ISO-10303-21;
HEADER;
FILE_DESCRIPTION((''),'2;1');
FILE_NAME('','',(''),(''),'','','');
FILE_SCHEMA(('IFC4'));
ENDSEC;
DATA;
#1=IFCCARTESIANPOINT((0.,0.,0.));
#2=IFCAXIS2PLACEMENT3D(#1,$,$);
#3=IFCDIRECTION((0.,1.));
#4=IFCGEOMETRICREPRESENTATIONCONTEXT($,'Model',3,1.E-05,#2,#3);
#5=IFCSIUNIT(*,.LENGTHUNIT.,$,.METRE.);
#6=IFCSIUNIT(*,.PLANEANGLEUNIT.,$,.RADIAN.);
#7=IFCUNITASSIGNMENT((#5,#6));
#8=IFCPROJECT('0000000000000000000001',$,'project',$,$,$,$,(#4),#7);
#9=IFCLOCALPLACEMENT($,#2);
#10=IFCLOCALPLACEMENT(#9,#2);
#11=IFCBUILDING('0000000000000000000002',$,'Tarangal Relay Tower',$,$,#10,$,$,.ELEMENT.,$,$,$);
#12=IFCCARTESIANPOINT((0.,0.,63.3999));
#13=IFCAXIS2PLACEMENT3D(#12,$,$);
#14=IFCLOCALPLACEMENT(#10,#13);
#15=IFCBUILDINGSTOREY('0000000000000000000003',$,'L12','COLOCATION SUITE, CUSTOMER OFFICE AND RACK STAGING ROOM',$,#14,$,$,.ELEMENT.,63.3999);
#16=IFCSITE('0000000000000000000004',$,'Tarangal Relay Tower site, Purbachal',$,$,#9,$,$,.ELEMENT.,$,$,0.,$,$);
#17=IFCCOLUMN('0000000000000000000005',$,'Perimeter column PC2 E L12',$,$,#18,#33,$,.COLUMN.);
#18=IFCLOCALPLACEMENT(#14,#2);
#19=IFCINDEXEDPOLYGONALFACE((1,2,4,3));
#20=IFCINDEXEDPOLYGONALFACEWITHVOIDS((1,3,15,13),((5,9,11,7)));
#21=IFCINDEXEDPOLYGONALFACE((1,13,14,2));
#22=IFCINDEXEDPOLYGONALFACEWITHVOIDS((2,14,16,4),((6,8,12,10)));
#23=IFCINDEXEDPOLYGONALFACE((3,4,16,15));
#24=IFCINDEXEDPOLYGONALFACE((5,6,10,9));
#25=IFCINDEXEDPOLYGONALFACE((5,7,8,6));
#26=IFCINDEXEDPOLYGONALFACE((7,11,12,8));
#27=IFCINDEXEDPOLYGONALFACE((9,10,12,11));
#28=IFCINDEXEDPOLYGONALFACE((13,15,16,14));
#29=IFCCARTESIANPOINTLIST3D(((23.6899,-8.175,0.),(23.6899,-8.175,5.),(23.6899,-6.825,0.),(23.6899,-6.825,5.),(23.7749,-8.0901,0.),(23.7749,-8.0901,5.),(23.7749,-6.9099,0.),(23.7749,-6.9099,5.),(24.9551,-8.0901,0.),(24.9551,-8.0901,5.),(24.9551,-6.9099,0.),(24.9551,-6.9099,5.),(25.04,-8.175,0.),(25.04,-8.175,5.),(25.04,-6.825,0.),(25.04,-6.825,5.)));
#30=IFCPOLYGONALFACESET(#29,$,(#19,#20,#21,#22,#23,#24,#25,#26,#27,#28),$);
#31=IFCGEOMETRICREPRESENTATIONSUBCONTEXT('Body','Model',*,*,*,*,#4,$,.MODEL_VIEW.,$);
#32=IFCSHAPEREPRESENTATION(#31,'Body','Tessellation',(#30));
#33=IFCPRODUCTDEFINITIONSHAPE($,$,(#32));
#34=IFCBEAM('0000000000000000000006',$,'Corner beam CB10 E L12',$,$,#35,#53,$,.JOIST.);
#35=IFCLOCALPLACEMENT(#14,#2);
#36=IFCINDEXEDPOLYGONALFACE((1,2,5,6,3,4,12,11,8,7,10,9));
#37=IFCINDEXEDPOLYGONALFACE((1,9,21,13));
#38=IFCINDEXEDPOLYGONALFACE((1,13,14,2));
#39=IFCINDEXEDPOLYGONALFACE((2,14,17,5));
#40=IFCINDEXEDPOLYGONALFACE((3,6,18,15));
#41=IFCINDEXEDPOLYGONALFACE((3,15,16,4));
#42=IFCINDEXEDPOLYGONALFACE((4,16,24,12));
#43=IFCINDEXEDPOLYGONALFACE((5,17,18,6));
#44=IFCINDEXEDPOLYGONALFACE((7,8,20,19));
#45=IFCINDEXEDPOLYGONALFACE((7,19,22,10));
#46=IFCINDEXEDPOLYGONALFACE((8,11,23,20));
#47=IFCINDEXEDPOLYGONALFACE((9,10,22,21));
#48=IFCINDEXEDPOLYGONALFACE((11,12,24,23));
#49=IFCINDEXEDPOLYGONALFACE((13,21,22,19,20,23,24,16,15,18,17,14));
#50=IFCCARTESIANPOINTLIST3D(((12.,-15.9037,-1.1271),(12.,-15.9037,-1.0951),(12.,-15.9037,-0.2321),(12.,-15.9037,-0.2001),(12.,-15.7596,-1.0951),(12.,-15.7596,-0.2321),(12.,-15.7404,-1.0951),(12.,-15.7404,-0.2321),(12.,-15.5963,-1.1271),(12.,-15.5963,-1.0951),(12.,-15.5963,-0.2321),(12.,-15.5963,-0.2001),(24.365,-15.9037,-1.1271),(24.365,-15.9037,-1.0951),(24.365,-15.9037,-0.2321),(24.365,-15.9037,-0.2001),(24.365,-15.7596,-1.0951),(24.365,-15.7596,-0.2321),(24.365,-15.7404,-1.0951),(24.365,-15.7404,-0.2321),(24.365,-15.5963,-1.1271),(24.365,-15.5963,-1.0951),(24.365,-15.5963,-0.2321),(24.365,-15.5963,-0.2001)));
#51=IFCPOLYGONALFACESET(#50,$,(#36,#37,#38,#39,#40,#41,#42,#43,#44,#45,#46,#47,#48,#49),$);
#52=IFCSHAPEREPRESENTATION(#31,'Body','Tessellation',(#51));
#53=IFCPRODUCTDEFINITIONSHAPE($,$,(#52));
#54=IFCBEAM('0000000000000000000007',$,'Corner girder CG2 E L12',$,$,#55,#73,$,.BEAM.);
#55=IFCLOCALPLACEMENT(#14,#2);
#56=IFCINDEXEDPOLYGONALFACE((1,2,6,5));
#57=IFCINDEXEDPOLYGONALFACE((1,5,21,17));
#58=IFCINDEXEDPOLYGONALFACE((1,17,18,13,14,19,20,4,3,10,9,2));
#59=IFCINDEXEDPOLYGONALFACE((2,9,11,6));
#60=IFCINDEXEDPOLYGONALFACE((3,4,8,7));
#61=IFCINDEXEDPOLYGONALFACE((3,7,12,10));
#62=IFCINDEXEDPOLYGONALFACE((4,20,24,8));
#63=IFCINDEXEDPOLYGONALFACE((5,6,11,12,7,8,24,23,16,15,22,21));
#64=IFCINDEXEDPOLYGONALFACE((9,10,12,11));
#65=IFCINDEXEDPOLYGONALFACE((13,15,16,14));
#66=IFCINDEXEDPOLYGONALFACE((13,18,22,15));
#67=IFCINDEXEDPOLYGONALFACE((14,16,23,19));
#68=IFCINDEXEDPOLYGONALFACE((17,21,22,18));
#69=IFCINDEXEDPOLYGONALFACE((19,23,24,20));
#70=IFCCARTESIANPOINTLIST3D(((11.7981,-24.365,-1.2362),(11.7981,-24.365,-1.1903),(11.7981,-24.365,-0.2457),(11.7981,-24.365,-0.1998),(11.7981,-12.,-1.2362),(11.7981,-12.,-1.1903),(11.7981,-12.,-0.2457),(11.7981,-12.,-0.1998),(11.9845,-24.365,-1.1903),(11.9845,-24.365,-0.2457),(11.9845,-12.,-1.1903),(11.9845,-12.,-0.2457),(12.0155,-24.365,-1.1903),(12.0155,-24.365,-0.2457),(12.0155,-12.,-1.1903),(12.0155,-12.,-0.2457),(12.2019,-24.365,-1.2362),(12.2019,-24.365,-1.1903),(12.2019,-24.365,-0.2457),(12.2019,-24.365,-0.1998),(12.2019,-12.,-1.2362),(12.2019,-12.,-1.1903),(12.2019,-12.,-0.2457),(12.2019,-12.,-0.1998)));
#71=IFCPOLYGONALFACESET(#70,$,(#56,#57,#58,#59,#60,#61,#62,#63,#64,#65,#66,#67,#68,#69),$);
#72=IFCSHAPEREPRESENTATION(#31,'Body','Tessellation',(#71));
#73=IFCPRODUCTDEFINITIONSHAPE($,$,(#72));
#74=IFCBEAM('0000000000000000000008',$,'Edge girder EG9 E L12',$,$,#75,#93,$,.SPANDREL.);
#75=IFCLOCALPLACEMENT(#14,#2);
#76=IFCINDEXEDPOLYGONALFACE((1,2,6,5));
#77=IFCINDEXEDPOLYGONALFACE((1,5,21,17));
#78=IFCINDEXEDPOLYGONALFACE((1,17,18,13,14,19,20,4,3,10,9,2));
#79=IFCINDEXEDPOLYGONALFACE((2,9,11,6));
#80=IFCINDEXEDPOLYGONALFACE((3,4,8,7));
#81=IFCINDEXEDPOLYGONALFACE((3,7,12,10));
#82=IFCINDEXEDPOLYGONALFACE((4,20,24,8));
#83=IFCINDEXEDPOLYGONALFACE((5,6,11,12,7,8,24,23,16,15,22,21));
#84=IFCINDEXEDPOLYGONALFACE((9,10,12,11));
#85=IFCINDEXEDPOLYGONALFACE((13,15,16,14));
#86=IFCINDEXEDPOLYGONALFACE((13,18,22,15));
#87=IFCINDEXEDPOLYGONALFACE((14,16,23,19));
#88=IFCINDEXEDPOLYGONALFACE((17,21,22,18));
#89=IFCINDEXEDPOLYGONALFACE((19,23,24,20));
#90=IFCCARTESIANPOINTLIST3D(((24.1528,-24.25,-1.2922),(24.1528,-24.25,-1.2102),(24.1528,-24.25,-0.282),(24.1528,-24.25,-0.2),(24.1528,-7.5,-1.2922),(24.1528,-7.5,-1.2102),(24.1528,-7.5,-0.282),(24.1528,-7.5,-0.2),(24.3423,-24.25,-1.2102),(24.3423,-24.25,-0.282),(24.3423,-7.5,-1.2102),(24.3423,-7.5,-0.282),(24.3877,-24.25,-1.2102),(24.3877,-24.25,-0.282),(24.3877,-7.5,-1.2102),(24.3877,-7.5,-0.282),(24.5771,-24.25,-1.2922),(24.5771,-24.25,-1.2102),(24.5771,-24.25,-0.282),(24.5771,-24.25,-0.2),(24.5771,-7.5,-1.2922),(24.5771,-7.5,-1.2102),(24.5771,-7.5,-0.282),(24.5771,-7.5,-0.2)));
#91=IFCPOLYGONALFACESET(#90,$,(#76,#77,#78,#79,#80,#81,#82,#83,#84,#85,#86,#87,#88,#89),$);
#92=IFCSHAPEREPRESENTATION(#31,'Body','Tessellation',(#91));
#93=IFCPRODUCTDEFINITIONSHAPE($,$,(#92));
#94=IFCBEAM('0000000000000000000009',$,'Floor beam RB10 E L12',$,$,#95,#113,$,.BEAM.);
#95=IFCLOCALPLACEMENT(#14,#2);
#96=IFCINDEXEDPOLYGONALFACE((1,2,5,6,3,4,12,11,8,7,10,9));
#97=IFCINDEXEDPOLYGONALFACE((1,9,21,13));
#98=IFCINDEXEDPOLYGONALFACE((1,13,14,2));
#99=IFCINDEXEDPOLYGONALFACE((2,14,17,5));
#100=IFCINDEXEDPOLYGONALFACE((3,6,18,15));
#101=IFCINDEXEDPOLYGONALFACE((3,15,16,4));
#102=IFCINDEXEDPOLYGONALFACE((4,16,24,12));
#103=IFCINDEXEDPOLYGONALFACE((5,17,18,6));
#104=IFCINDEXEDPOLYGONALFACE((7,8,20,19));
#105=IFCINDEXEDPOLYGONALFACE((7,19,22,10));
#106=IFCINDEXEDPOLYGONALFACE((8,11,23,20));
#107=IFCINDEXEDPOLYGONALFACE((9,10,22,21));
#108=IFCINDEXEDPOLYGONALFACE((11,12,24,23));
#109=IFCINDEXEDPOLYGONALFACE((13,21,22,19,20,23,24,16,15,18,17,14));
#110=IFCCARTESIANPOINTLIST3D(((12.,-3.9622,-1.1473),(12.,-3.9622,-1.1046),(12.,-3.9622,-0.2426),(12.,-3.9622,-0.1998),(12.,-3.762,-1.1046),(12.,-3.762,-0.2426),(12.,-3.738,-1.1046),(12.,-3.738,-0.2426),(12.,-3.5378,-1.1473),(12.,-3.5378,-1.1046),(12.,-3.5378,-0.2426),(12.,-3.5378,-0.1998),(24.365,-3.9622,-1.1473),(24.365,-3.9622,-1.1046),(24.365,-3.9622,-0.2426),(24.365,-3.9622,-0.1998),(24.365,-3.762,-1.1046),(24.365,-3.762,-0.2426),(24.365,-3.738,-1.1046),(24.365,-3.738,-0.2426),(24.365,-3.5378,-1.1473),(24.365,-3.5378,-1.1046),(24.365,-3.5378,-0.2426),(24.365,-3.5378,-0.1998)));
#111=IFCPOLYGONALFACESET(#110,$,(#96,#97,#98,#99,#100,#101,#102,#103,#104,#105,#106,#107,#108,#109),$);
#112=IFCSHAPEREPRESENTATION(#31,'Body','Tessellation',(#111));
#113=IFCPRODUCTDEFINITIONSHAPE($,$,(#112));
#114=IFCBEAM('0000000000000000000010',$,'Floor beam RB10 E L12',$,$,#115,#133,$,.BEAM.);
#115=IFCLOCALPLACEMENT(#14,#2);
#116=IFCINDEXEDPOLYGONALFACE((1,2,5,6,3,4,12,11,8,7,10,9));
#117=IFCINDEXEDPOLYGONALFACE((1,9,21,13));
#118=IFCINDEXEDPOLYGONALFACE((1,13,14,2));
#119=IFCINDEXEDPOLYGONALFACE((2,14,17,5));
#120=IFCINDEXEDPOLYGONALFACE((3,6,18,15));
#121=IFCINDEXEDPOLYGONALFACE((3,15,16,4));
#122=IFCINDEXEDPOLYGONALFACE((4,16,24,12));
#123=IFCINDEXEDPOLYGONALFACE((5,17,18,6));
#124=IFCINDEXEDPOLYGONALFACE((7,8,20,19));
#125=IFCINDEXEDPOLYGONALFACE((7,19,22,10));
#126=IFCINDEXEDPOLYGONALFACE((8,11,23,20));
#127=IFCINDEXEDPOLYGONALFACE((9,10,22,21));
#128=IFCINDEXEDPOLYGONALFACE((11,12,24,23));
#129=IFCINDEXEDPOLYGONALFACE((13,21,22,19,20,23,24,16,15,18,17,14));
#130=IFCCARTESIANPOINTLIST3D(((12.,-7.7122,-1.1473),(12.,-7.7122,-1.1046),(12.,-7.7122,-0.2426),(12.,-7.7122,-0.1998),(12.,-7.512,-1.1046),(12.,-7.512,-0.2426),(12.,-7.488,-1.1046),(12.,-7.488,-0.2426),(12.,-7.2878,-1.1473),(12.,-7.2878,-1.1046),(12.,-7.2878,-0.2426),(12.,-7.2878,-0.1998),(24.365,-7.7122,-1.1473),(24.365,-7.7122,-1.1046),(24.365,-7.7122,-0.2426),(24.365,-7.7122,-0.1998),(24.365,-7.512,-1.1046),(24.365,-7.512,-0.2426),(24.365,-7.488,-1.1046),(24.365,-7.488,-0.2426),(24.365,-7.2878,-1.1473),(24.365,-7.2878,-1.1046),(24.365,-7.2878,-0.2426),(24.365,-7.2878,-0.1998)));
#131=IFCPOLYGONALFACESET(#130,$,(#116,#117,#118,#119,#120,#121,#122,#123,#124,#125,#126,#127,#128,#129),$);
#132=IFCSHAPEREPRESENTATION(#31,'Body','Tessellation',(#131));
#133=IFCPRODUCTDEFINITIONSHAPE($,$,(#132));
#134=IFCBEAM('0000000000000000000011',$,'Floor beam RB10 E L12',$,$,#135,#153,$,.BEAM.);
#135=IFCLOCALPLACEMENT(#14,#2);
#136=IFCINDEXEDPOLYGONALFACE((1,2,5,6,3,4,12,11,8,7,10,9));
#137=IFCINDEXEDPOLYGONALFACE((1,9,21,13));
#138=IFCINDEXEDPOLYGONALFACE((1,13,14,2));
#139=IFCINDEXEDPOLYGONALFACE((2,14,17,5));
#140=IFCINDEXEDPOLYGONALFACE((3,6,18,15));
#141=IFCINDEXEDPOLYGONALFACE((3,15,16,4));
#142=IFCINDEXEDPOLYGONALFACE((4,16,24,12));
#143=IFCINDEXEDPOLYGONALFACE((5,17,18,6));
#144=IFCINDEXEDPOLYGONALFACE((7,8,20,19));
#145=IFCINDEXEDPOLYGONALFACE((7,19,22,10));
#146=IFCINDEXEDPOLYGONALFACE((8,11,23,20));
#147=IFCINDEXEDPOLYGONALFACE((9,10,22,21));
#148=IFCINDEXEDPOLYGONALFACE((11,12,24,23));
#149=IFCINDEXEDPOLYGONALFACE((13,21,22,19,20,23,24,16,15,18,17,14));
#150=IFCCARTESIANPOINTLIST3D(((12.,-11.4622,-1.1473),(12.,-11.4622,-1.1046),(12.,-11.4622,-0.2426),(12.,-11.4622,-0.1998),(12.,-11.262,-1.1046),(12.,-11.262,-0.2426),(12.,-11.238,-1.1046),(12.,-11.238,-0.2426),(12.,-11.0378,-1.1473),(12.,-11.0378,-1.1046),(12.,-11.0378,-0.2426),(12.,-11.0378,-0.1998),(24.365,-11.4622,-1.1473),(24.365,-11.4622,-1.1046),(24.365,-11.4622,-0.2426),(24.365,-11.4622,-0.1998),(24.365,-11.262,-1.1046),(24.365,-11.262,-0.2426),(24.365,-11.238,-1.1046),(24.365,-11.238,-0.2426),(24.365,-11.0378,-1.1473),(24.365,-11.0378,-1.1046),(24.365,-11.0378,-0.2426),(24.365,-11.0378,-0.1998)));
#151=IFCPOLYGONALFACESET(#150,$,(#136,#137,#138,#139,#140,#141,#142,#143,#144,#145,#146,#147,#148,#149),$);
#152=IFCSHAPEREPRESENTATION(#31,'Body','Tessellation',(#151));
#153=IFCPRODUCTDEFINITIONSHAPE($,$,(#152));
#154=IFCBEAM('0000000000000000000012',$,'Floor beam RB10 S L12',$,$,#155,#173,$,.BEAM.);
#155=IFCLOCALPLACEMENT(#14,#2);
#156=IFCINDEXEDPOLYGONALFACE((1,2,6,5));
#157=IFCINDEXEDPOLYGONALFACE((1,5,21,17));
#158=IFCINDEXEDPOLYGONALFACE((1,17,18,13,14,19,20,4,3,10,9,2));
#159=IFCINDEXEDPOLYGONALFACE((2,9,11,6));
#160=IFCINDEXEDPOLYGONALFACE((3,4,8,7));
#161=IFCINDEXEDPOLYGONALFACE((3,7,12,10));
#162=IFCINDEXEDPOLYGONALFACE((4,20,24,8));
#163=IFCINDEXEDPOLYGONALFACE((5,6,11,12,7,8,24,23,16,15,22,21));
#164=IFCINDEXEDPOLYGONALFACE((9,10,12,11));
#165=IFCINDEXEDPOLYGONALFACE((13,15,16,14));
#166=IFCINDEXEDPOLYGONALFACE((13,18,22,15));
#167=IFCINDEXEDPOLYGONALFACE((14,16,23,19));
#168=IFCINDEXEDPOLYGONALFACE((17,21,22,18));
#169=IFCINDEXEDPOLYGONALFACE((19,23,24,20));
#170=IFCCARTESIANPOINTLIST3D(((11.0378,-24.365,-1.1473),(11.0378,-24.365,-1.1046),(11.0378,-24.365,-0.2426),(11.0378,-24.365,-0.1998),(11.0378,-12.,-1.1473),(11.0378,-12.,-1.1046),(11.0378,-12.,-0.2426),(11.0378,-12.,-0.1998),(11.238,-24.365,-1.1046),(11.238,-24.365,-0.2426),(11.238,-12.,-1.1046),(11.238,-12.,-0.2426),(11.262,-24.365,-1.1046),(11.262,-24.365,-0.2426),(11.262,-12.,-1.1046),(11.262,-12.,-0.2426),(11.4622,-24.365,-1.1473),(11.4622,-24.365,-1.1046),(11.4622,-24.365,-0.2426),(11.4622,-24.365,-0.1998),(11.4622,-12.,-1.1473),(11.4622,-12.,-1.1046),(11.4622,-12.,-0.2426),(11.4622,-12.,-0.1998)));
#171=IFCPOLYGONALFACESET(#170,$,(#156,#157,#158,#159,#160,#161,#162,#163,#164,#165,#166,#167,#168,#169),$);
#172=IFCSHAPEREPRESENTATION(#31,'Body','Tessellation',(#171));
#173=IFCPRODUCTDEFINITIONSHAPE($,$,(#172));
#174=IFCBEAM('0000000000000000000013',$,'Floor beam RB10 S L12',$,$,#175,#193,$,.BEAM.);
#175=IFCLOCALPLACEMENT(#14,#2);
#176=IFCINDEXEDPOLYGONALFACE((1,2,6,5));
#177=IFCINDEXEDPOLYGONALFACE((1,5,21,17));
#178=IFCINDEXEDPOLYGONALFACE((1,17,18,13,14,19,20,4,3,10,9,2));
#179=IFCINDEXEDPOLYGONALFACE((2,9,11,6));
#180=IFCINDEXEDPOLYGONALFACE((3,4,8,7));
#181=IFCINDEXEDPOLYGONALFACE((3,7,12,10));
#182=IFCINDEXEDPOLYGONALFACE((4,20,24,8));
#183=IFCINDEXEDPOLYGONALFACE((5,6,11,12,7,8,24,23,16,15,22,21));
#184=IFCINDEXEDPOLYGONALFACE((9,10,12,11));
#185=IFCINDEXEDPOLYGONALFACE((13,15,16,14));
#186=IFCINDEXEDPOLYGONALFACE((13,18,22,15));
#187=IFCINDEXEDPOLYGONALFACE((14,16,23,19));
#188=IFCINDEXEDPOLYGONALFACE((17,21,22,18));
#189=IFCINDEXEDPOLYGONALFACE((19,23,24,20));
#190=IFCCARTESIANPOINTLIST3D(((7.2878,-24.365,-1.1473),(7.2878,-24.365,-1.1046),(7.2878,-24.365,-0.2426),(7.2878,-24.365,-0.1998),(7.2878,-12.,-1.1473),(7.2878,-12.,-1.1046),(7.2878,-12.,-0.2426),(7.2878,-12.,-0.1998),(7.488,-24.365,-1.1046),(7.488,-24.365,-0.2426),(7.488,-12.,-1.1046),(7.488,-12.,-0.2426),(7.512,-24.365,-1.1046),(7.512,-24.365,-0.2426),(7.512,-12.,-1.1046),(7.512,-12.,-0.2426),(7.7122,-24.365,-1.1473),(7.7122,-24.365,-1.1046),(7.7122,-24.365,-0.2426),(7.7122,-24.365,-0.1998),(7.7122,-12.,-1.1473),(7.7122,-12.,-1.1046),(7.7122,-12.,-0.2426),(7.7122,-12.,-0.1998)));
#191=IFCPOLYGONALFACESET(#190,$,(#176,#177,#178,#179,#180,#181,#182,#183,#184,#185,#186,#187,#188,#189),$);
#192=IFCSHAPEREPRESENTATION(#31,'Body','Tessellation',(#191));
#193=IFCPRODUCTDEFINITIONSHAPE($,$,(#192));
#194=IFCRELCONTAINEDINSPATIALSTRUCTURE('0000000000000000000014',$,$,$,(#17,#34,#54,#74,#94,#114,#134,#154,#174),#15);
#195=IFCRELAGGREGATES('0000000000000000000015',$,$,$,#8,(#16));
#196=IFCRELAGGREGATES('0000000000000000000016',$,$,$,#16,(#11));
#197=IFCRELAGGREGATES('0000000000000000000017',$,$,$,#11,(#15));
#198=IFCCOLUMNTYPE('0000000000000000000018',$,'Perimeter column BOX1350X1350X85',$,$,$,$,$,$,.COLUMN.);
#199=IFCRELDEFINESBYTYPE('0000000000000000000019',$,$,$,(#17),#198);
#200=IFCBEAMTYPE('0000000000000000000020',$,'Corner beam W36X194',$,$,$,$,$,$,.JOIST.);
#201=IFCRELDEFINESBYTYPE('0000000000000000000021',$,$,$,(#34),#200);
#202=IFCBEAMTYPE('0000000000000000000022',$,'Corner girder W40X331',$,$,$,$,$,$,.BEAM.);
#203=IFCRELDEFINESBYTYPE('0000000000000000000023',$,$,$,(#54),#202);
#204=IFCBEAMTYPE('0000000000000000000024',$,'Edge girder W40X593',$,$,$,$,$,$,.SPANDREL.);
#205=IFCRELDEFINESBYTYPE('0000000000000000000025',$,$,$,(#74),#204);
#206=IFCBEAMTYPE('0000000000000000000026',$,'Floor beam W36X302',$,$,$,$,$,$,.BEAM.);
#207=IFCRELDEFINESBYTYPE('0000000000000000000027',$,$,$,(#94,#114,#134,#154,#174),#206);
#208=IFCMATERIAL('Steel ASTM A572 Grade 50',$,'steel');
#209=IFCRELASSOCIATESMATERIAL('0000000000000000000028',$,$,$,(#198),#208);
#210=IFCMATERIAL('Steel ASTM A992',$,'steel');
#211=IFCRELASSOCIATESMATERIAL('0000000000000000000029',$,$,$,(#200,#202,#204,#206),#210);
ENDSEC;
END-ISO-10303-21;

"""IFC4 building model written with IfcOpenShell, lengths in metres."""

from ifc_helpers import new_model, si_unit, direction, frame, origin, origin_2d, place, context, subcontext, project, spatial, hollow_rectangle, i_section, extrude, material, material_profile, profile_set, type_object, element, save


model = new_model("IFC4")

# Units and contexts
model_context = context("Model", 3, precision=1e-05, world=origin(), true_north=direction((0.0, 1.0)))
body_context = subcontext(model_context, "Body", "Model", "MODEL_VIEW")
ifc_project = project(units=[si_unit("LENGTHUNIT", "METRE"), si_unit("PLANEANGLEUNIT", "RADIAN")], contexts=[model_context])

# Site, building, storey
site_placement = place(None, origin())
site = spatial("IfcSite", under=ifc_project, at=site_placement, Name="Tarangal Relay Tower site, Purbachal", CompositionType="ELEMENT", RefElevation=0.0)
building_placement = place(site_placement, origin())
building = spatial("IfcBuilding", under=site, at=building_placement, Name="Tarangal Relay Tower", CompositionType="ELEMENT")
storey_placement = place(building_placement, frame((0.0, 0.0, 63.3999)))
storey = spatial("IfcBuildingStorey", under=building, at=storey_placement, Name="L12", Description="COLOCATION SUITE, CUSTOMER OFFICE AND RACK STAGING ROOM", CompositionType="ELEMENT", Elevation=63.3999)

# Column
ifc_material_1 = material(Name="Steel ASTM A572 Grade 50", Category="steel")
ifc_material_profile_1 = material_profile(ifc_material_1, hollow_rectangle(XDim=1.3501, YDim=1.3501, WallThickness=0.085, at=origin_2d()), Name="BOX1350X1350X85")
ifc_profile_set_1 = profile_set([ifc_material_profile_1], Name="Steel ASTM A572 Grade 50")
column_type = type_object("IfcColumnType", Name="Perimeter column BOX1350X1350X85", PredefinedType="COLUMN", material=ifc_profile_set_1)
column_placement = place(storey_placement, frame((24.365, -7.5, 0.0), z_axis=(0.0, 0.0, 1.0), x_axis=(1.0, 0.0, 0.0)))
element("IfcColumn", 1, at=column_placement, inside=storey, type_object=column_type, Name="Perimeter column PC2 E L12", PredefinedType="COLUMN", context=body_context, shape_type="SweptSolid", body=[
    extrude(hollow_rectangle(XDim=1.3501, YDim=1.3501, WallThickness=0.085, at=origin_2d()), origin(), (0.0, 0.0, 1.0), 5.0),
])

# Beams
ifc_material_2 = material(Name="Steel ASTM A992", Category="steel")
ifc_material_profile_2 = material_profile(ifc_material_2, i_section(OverallWidth=0.3074, OverallDepth=0.927, WebThickness=0.0193, FlangeThickness=0.032, at=origin_2d()), Name="W36X194")
ifc_profile_set_2 = profile_set([ifc_material_profile_2], Name="Steel ASTM A992")
beam_type_1 = type_object("IfcBeamType", Name="Corner beam W36X194", PredefinedType="JOIST", material=ifc_profile_set_2)
beam_1_placement = place(storey_placement, frame((12.0, -15.75, -0.6636), z_axis=(1.0, 0.0, 0.0), x_axis=(0.0, 1.0, 0.0)))
element("IfcBeam", 2, at=beam_1_placement, inside=storey, type_object=beam_type_1, Name="Corner beam CB10 E L12", PredefinedType="JOIST", context=body_context, shape_type="SweptSolid", body=[
    extrude(i_section(OverallWidth=0.3074, OverallDepth=0.927, WebThickness=0.0193, FlangeThickness=0.032, at=origin_2d()), origin(), (0.0, 0.0, 1.0), 12.365),
])
ifc_material_profile_3 = material_profile(ifc_material_2, i_section(OverallWidth=0.4038, OverallDepth=1.0364, WebThickness=0.031, FlangeThickness=0.0459, at=origin_2d()), Name="W40X331")
ifc_profile_set_3 = profile_set([ifc_material_profile_3], Name="Steel ASTM A992")
beam_type_2 = type_object("IfcBeamType", Name="Corner girder W40X331", PredefinedType="BEAM", material=ifc_profile_set_3)
beam_2_placement = place(storey_placement, frame((12.0, -12.0, -0.718), z_axis=(0.0, -1.0, 0.0), x_axis=(1.0, 0.0, 0.0)))
element("IfcBeam", 3, at=beam_2_placement, inside=storey, type_object=beam_type_2, Name="Corner girder CG2 E L12", PredefinedType="BEAM", context=body_context, shape_type="SweptSolid", body=[
    extrude(i_section(OverallWidth=0.4038, OverallDepth=1.0364, WebThickness=0.031, FlangeThickness=0.0459, at=origin_2d()), origin(), (0.0, 0.0, 1.0), 12.365),
])
ifc_material_profile_4 = material_profile(ifc_material_2, i_section(OverallWidth=0.4243, OverallDepth=1.0923, WebThickness=0.0454, FlangeThickness=0.082, at=origin_2d()), Name="W40X593")
ifc_profile_set_4 = profile_set([ifc_material_profile_4], Name="Steel ASTM A992")
beam_type_3 = type_object("IfcBeamType", Name="Edge girder W40X593", PredefinedType="SPANDREL", material=ifc_profile_set_4)
beam_3_placement = place(storey_placement, frame((24.365, -7.5, -0.7461), z_axis=(0.0, -1.0, 0.0), x_axis=(1.0, 0.0, 0.0)))
element("IfcBeam", 4, at=beam_3_placement, inside=storey, type_object=beam_type_3, Name="Edge girder EG9 E L12", PredefinedType="SPANDREL", context=body_context, shape_type="SweptSolid", body=[
    extrude(i_section(OverallWidth=0.4243, OverallDepth=1.0923, WebThickness=0.0454, FlangeThickness=0.082, at=origin_2d()), origin(), (0.0, 0.0, 1.0), 16.75),
])
ifc_material_profile_5 = material_profile(ifc_material_2, i_section(OverallWidth=0.4243, OverallDepth=0.9475, WebThickness=0.0239, FlangeThickness=0.0427, at=origin_2d()), Name="W36X302")
ifc_profile_set_5 = profile_set([ifc_material_profile_5], Name="Steel ASTM A992")
beam_type_4 = type_object("IfcBeamType", Name="Floor beam W36X302", PredefinedType="BEAM", material=ifc_profile_set_5)
for number, where, z_axis, x_axis, name in (
    (5, (12.0, -3.75, -0.6736), (1.0, 0.0, 0.0), (0.0, 1.0, 0.0), "Floor beam RB10 E L12"),
    (6, (12.0, -7.5, -0.6736), (1.0, 0.0, 0.0), (0.0, 1.0, 0.0), "Floor beam RB10 E L12"),
    (7, (12.0, -11.25, -0.6736), (1.0, 0.0, 0.0), (0.0, 1.0, 0.0), "Floor beam RB10 E L12"),
    (8, (11.25, -12.0, -0.6736), (0.0, -1.0, 0.0), (1.0, 0.0, 0.0), "Floor beam RB10 S L12"),
    (9, (7.5, -12.0, -0.6736), (0.0, -1.0, 0.0), (1.0, 0.0, 0.0), "Floor beam RB10 S L12"),
):
    element("IfcBeam", number, at=place(storey_placement, frame(where, z_axis=z_axis, x_axis=x_axis)), inside=storey, type_object=beam_type_4, Name=name, PredefinedType="BEAM", context=body_context, shape_type="SweptSolid", body=[
        extrude(i_section(OverallWidth=0.4243, OverallDepth=0.9475, WebThickness=0.0239, FlangeThickness=0.0427, at=origin_2d()), origin(), (0.0, 0.0, 1.0), 12.365),
    ])

save(model, "model.ifc")
